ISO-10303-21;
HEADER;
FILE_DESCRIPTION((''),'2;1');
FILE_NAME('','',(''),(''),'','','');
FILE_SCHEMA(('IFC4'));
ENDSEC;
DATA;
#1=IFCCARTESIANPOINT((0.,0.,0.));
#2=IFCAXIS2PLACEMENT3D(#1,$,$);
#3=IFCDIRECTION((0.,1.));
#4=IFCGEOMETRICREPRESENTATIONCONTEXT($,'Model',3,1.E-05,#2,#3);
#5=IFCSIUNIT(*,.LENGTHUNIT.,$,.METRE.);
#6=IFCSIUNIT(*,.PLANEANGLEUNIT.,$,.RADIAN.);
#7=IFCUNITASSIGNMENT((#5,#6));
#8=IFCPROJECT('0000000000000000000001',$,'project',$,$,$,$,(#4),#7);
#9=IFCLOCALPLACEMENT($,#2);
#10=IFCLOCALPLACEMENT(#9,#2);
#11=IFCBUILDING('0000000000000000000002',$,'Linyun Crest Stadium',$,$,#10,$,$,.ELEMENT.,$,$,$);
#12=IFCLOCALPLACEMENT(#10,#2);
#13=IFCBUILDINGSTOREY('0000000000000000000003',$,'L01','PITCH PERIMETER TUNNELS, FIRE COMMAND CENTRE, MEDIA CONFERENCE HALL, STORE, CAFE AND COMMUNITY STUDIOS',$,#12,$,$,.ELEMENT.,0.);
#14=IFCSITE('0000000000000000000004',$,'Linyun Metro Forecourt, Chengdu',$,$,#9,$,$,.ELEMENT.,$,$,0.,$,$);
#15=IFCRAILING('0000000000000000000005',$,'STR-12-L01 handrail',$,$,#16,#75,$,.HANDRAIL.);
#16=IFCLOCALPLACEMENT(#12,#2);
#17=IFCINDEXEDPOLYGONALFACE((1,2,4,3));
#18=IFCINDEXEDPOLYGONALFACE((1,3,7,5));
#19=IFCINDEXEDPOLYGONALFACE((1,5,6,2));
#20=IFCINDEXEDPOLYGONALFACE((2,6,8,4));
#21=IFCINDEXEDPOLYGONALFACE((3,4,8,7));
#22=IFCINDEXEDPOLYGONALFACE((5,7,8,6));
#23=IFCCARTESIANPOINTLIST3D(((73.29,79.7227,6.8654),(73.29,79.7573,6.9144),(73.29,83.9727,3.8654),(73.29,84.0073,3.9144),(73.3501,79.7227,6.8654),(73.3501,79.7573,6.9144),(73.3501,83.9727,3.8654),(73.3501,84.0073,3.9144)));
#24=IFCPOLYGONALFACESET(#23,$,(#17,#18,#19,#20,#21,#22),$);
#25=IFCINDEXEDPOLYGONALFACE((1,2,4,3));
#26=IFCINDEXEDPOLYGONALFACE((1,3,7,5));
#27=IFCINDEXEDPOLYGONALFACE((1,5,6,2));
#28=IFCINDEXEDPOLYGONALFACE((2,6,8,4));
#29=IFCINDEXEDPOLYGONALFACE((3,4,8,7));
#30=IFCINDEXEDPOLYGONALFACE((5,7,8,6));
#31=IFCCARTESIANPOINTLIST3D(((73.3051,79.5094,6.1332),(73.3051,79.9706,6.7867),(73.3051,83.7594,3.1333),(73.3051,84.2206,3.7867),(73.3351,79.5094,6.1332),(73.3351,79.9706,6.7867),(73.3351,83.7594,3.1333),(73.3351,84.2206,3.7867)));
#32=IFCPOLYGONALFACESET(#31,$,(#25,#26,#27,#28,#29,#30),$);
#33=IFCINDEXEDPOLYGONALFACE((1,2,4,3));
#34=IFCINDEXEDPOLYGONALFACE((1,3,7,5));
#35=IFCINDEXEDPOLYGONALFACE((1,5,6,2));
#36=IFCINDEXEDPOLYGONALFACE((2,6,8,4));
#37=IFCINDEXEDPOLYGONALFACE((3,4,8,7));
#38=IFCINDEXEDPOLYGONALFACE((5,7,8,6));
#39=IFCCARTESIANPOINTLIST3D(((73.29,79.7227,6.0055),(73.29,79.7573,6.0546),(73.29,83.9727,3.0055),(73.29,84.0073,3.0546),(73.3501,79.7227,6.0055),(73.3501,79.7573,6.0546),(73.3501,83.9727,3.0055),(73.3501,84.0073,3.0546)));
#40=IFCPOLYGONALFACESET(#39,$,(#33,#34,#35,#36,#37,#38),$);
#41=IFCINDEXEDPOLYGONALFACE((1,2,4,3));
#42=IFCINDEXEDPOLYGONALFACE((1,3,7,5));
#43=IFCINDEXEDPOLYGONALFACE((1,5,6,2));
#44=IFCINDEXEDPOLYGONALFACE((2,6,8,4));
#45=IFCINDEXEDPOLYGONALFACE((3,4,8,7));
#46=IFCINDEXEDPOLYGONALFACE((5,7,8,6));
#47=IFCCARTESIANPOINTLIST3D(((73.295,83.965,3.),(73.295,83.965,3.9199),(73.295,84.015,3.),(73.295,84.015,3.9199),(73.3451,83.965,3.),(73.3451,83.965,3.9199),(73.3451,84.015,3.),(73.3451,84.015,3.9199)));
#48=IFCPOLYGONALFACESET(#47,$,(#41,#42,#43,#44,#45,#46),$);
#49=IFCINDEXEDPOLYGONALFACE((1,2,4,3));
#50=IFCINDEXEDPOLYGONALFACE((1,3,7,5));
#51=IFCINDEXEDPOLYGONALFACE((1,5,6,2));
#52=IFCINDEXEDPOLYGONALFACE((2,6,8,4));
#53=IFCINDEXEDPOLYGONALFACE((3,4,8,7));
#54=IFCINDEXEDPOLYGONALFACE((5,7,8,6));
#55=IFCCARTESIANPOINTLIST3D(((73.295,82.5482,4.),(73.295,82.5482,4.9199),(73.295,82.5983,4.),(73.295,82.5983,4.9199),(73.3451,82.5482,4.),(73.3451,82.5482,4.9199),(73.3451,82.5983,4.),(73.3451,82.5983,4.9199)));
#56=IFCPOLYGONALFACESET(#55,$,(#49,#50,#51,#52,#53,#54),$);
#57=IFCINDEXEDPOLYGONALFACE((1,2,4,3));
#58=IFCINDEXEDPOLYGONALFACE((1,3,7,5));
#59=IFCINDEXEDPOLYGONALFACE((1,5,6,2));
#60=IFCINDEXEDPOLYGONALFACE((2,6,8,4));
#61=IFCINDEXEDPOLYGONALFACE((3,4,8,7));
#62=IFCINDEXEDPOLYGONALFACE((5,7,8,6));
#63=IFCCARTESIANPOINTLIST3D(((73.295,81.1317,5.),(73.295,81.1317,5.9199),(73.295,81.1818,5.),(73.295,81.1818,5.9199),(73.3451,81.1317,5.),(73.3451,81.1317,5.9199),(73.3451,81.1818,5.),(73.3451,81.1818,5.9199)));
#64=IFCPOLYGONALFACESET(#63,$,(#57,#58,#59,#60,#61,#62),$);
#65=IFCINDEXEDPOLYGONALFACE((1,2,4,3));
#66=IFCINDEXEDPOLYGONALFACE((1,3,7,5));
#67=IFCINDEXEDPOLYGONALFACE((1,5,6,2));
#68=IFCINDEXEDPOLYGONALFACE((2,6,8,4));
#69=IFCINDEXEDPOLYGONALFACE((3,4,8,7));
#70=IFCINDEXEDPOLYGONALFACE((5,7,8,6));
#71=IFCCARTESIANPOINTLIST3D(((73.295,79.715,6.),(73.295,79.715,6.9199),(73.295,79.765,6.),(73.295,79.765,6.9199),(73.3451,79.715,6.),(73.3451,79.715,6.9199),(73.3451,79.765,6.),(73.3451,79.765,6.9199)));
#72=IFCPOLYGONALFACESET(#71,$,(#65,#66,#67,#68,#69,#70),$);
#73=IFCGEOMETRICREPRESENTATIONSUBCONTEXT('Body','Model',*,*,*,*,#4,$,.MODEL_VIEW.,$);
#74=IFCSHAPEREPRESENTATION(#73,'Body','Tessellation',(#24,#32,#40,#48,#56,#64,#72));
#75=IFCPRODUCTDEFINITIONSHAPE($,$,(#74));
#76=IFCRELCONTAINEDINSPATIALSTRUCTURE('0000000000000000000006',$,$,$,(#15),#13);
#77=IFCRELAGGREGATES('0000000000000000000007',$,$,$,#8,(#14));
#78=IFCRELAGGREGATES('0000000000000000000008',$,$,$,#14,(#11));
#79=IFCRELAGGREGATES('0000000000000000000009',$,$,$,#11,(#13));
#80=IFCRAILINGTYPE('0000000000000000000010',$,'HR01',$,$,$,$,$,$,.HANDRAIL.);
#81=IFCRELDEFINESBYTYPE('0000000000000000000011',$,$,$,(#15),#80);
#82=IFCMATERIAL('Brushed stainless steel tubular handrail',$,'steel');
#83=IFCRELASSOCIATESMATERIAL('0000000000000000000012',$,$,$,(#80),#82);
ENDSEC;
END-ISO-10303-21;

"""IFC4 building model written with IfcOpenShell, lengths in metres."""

from ifc_helpers import new_model, si_unit, direction, frame, origin, origin_2d, place, context, subcontext, project, spatial, rectangle, extrude, material, type_object, element, save


model = new_model("IFC4")

# Units and contexts
model_context = context("Model", 3, precision=1e-05, world=origin(), true_north=direction((0.0, 1.0)))
body_context = subcontext(model_context, "Body", "Model", "MODEL_VIEW")
ifc_project = project(units=[si_unit("LENGTHUNIT", "METRE"), si_unit("PLANEANGLEUNIT", "RADIAN")], contexts=[model_context])

# Site, building, storey
site_placement = place(None, origin())
site = spatial("IfcSite", under=ifc_project, at=site_placement, Name="Linyun Metro Forecourt, Chengdu", CompositionType="ELEMENT", RefElevation=0.0)
building_placement = place(site_placement, origin())
building = spatial("IfcBuilding", under=site, at=building_placement, Name="Linyun Crest Stadium", CompositionType="ELEMENT")
storey_placement = place(building_placement, origin())
storey = spatial("IfcBuildingStorey", under=building, at=storey_placement, Name="L01", Description="PITCH PERIMETER TUNNELS, FIRE COMMAND CENTRE, MEDIA CONFERENCE HALL, STORE, CAFE AND COMMUNITY STUDIOS", CompositionType="ELEMENT", Elevation=0.0)

# Railing
ifc_material_1 = material(Name="Brushed stainless steel tubular handrail", Category="steel")
railing_type_1 = type_object("IfcRailingType", Name="HR01", PredefinedType="HANDRAIL", material=ifc_material_1)
railing_1_placement = place(storey_placement, frame((73.3201, 83.99, 3.0)))
element("IfcRailing", 1, at=railing_1_placement, inside=storey, type_object=railing_type_1, Name="STR-12-L01 handrail", PredefinedType="HANDRAIL", context=body_context, shape_type="SweptSolid", body=[
    extrude(rectangle(XDim=0.0601, YDim=0.0601, at=origin_2d()), frame((0.0, 0.0, 0.8899), z_axis=(0.0, -0.816968, 0.576683), x_axis=(1.0, 0.0, 0.0)), (0.0, 0.0, 1.0), 5.2021),
    extrude(rectangle(XDim=0.03, YDim=0.7998, at=origin_2d()), frame((0.0, 0.0, 0.46), z_axis=(0.0, -0.816968, 0.576683), x_axis=(1.0, 0.0, 0.0)), (0.0, 0.0, 1.0), 5.2021),
    extrude(rectangle(XDim=0.0601, YDim=0.0601, at=origin_2d()), frame((0.0, 0.0, 0.03), z_axis=(0.0, -0.816968, 0.576683), x_axis=(1.0, 0.0, 0.0)), (0.0, 0.0, 1.0), 5.2021),
    extrude(rectangle(XDim=0.05, YDim=0.05, at=origin_2d()), origin(), (0.0, 0.0, 1.0), 0.9199),
    extrude(rectangle(XDim=0.05, YDim=0.05, at=origin_2d()), frame((0.0, -1.4167, 1.0)), (0.0, 0.0, 1.0), 0.9199),
    extrude(rectangle(XDim=0.05, YDim=0.05, at=origin_2d()), frame((0.0, -2.8333, 2.0)), (0.0, 0.0, 1.0), 0.9199),
    extrude(rectangle(XDim=0.05, YDim=0.05, at=origin_2d()), frame((0.0, -4.25, 3.0)), (0.0, 0.0, 1.0), 0.9199),
])

save(model, "model.ifc")
